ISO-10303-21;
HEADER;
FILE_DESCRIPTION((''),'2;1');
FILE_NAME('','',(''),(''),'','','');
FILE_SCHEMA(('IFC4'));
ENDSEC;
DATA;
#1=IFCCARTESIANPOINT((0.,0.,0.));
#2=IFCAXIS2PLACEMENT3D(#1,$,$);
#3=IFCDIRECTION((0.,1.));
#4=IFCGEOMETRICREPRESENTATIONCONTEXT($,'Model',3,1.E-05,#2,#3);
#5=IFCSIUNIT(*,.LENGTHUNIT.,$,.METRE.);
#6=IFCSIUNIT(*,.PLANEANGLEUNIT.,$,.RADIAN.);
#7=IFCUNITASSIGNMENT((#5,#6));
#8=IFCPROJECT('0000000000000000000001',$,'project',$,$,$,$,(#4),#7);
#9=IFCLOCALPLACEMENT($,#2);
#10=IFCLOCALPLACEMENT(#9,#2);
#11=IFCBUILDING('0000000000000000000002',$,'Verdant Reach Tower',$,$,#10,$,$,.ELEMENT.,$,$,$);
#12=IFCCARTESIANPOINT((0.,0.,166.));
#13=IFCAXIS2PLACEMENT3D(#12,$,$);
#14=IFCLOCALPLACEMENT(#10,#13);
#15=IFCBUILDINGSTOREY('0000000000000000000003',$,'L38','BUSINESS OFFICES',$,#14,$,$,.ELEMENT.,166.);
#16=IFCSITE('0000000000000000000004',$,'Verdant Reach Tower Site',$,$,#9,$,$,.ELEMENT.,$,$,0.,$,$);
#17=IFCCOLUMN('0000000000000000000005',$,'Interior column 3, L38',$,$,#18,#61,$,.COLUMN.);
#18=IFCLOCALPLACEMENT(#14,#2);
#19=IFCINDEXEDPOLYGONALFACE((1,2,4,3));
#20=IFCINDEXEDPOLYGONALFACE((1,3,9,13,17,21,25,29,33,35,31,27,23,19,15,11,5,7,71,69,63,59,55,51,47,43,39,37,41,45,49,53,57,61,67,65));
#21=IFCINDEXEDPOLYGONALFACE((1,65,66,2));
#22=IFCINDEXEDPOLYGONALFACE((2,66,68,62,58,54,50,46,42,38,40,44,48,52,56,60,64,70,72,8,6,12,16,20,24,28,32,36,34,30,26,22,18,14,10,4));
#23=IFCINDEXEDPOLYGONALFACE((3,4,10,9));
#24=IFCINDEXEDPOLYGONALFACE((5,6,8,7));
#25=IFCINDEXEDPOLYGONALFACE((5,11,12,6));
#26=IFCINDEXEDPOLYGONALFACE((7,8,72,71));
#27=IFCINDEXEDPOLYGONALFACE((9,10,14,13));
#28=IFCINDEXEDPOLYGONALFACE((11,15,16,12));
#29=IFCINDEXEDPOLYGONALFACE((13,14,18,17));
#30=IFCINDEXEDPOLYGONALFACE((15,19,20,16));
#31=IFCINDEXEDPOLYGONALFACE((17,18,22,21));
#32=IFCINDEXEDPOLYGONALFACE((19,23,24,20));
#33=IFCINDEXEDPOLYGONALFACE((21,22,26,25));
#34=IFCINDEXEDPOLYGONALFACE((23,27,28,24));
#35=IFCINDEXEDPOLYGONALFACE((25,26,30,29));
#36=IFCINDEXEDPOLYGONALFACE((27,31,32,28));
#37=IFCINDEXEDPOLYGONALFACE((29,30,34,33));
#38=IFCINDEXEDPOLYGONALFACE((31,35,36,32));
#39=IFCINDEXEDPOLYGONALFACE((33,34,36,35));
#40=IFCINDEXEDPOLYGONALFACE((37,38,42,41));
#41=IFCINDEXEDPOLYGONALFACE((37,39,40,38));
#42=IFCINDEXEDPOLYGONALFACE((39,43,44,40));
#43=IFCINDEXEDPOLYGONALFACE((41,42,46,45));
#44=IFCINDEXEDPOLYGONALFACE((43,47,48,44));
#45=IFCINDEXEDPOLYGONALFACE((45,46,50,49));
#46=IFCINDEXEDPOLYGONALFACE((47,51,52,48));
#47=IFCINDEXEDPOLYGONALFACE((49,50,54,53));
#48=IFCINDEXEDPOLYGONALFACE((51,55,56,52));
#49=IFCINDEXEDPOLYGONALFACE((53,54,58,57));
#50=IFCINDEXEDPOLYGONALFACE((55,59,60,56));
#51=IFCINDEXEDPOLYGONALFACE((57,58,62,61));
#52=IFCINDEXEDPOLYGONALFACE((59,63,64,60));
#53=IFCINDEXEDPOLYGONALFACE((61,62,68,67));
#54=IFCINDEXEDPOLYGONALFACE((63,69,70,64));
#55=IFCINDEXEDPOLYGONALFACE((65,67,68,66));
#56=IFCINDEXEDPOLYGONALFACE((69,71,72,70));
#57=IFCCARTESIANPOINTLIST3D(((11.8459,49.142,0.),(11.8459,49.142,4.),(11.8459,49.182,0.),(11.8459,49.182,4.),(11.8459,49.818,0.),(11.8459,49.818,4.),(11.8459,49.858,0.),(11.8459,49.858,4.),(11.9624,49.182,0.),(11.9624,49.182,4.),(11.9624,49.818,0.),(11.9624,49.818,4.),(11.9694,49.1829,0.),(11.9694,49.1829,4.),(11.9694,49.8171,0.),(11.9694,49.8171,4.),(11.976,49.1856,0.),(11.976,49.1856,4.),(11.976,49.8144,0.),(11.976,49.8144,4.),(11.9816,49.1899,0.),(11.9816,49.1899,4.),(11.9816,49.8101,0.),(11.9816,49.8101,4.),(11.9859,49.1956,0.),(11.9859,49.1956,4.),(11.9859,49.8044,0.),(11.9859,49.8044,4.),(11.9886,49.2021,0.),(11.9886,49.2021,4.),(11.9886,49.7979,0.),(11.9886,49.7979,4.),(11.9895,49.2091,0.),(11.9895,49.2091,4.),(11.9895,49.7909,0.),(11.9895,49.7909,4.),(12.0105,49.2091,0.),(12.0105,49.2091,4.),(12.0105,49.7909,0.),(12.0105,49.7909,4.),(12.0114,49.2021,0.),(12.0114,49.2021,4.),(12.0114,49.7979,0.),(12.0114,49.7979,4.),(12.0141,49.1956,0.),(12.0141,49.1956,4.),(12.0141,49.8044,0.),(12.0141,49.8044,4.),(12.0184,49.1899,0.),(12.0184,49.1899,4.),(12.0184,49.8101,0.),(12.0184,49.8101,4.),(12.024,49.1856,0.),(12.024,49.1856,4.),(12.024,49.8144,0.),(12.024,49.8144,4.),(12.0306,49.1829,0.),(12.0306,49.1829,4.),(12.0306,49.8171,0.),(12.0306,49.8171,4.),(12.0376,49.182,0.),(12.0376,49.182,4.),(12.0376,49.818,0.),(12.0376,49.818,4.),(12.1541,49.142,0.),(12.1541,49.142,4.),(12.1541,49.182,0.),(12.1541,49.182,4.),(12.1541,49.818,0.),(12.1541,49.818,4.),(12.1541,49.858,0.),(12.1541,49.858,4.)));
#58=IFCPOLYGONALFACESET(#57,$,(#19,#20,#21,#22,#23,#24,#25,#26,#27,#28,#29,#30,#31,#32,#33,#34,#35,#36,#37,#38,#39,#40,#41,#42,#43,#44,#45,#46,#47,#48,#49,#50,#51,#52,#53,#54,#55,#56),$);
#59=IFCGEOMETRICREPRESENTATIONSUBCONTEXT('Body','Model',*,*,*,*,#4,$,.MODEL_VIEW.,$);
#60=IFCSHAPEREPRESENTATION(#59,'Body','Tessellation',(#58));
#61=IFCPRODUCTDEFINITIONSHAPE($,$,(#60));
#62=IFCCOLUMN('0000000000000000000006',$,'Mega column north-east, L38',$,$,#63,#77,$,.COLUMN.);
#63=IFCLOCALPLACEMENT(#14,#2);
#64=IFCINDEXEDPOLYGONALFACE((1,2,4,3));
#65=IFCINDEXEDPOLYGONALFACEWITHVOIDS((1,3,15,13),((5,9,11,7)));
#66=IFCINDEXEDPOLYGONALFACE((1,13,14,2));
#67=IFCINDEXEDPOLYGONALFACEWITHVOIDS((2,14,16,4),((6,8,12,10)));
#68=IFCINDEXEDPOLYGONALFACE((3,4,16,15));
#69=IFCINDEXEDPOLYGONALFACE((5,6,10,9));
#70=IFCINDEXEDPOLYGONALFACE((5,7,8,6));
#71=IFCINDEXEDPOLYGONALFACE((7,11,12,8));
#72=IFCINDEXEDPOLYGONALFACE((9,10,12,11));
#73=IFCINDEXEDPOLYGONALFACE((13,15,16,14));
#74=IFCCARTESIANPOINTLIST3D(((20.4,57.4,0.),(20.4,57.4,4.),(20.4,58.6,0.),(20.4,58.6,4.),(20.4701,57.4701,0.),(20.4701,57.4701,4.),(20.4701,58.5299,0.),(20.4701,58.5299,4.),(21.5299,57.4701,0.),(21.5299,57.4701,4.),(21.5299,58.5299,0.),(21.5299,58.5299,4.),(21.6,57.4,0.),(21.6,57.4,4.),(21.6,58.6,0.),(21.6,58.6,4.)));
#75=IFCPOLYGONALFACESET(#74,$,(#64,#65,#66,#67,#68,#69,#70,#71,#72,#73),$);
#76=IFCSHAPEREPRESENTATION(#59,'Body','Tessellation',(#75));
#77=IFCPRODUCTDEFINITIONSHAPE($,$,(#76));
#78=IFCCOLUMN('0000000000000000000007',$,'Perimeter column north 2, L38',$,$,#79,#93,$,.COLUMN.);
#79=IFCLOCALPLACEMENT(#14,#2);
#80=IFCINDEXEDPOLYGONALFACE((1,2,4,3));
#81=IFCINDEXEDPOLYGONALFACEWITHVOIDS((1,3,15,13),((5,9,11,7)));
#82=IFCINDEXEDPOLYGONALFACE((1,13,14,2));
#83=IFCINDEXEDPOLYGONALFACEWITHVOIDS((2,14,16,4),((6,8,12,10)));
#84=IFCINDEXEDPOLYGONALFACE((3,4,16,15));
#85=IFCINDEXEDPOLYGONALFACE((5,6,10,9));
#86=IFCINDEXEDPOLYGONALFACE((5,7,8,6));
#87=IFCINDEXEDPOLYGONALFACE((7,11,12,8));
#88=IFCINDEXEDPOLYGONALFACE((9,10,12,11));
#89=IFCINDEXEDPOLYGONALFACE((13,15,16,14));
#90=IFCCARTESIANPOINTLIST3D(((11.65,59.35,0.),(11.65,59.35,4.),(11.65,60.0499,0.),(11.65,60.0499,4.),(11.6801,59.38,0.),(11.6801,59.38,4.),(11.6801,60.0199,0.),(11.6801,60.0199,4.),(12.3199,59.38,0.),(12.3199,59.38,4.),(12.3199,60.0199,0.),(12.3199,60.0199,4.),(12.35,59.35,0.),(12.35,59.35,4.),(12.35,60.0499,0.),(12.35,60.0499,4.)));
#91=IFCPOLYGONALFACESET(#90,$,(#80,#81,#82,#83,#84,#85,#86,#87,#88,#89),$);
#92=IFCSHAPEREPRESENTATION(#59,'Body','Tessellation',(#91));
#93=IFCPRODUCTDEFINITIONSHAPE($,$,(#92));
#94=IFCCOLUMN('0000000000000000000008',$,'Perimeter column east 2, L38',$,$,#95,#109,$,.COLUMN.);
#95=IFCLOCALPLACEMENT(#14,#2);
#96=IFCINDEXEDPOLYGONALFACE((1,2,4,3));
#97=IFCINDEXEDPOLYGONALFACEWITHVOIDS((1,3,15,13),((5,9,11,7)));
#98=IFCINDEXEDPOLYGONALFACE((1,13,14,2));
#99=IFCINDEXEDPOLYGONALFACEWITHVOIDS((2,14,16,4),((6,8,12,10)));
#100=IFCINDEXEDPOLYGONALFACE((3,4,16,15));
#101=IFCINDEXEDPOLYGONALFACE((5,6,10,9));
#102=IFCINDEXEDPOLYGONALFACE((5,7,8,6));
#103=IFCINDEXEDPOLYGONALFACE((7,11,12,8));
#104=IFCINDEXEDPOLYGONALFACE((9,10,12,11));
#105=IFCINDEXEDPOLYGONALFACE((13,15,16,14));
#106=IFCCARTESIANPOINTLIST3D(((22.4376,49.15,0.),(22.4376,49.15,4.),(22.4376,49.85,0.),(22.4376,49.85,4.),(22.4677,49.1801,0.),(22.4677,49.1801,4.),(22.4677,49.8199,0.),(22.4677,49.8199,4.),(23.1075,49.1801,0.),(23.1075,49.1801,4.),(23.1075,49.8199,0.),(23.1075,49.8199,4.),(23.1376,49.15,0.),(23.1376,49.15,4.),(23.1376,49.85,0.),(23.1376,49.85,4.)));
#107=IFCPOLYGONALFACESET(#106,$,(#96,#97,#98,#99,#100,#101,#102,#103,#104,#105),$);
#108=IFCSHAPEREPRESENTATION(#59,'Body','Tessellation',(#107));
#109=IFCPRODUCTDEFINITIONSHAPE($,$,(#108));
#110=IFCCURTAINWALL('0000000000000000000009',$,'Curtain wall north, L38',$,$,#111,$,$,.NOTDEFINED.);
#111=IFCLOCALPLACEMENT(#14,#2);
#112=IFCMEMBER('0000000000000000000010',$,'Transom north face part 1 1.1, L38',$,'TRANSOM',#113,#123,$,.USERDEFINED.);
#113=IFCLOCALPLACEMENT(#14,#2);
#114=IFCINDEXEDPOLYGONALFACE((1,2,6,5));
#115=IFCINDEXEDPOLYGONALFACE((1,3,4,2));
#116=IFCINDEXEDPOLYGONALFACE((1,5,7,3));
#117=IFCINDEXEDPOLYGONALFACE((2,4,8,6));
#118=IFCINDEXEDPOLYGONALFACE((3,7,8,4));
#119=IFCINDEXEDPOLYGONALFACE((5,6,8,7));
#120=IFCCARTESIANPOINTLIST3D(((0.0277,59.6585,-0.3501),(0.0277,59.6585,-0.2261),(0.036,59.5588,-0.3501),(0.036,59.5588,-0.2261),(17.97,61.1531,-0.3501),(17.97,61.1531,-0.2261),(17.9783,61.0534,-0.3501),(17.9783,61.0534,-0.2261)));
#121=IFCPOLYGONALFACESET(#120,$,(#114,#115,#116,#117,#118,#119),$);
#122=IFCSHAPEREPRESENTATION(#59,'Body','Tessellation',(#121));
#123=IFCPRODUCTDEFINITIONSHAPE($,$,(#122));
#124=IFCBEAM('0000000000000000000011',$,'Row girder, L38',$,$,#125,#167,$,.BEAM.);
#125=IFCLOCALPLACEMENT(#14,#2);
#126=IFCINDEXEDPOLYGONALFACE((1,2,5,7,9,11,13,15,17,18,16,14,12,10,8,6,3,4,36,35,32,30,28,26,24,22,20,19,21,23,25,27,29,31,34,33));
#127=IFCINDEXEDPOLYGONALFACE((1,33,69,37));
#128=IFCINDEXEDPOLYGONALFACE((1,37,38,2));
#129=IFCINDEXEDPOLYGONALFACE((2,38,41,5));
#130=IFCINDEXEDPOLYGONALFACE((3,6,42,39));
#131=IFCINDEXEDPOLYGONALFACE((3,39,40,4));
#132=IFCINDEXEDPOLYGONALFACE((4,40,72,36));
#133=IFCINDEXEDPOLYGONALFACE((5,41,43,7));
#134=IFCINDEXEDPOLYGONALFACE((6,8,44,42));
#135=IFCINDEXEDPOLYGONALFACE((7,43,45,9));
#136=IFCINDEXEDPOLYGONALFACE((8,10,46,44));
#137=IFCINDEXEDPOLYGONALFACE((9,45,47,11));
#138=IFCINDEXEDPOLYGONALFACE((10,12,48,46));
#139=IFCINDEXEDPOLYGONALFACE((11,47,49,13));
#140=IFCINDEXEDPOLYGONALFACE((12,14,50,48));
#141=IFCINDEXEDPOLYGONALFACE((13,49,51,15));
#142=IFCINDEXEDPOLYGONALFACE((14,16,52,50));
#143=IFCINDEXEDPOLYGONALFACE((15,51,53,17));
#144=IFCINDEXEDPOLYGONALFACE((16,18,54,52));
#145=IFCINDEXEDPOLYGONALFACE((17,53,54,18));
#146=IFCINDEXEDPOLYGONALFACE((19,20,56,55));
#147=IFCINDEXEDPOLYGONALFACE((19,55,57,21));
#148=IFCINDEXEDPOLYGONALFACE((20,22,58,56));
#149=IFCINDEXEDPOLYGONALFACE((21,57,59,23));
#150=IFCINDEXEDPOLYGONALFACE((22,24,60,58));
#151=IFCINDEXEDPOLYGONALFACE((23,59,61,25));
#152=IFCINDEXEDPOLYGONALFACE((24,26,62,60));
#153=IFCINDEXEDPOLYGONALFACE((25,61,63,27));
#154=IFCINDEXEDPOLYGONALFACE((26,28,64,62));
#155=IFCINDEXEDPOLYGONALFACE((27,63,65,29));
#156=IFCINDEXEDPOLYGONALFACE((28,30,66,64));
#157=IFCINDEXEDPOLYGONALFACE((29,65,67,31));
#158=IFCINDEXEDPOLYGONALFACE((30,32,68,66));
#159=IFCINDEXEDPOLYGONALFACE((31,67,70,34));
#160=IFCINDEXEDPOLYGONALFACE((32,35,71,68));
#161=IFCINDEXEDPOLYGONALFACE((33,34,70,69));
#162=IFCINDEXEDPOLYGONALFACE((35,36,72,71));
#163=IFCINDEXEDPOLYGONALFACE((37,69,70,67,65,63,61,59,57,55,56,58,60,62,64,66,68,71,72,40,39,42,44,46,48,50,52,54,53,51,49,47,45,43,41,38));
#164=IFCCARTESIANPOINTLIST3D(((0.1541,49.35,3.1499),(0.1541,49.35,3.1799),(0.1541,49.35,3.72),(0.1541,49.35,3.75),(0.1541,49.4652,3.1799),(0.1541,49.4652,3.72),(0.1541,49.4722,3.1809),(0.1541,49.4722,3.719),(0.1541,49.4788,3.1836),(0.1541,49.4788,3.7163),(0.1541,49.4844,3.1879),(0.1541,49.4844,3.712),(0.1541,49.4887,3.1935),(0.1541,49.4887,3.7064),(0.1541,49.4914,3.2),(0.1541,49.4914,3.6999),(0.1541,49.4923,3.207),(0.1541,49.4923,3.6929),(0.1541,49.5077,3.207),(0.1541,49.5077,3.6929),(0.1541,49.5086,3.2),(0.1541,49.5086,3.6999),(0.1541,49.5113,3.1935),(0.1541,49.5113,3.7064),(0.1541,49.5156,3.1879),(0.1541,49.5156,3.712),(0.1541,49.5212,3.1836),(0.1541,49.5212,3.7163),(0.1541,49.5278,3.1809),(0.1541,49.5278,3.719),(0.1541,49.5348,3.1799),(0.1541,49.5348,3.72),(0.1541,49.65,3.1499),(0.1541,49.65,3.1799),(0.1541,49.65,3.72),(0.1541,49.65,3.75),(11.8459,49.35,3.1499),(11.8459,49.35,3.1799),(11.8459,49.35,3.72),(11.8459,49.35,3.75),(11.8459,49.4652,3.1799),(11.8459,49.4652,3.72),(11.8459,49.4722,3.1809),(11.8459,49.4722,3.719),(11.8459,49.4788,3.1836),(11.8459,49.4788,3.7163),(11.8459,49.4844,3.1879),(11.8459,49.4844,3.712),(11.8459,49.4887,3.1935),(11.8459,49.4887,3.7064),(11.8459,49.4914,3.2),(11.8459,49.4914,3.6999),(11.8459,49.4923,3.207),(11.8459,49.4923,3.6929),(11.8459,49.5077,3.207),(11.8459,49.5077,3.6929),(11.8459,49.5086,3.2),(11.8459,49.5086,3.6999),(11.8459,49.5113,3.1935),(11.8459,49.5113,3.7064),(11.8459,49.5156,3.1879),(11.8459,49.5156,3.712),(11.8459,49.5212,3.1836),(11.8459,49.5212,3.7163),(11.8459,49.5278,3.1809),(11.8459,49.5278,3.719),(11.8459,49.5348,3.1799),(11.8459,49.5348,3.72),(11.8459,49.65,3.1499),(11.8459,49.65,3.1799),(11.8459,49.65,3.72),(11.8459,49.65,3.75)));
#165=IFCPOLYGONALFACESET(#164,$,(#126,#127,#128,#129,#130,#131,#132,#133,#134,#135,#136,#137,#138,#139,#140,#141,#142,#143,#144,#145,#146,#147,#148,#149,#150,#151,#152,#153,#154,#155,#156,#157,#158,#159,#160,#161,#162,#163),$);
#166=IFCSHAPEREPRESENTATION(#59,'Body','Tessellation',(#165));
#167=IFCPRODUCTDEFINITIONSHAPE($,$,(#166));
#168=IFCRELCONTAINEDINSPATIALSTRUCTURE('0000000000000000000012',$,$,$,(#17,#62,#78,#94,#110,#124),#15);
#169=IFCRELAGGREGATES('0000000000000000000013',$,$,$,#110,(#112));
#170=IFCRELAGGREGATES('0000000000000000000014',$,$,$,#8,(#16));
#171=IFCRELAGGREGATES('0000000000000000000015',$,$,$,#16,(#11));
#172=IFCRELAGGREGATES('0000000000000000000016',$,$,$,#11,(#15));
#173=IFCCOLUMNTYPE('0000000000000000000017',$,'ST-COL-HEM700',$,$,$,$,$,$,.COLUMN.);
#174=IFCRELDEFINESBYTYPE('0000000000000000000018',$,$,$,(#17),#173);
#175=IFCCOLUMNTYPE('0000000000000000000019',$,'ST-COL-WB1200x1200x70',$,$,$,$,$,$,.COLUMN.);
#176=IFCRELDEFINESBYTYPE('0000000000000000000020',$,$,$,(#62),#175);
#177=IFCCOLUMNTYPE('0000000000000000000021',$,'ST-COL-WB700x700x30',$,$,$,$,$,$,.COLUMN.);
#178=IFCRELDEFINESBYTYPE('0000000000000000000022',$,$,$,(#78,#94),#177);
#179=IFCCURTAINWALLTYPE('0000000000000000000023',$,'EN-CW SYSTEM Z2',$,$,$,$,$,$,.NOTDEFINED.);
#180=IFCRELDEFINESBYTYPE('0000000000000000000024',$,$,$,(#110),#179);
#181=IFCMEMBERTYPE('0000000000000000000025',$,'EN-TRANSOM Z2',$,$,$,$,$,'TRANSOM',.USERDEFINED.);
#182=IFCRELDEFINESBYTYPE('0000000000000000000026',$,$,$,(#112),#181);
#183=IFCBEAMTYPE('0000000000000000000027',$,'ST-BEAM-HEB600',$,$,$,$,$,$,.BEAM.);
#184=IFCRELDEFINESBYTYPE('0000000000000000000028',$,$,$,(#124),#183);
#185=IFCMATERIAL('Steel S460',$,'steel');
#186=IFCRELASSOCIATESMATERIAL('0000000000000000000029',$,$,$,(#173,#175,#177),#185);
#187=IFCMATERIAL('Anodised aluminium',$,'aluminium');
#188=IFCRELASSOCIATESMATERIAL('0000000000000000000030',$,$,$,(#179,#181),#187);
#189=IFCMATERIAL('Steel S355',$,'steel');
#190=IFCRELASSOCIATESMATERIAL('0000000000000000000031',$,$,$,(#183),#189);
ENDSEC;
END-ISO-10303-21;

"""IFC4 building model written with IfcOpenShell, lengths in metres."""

from ifc_helpers import new_model, si_unit, direction, frame, origin, origin_2d, place, context, subcontext, project, spatial, rectangle, hollow_rectangle, i_section, extrude, material, material_profile, profile_set, type_object, element, aggregate, save


model = new_model("IFC4")

# Units and contexts
model_context = context("Model", 3, precision=1e-05, world=origin(), true_north=direction((0.0, 1.0)))
body_context = subcontext(model_context, "Body", "Model", "MODEL_VIEW")
ifc_project = project(units=[si_unit("LENGTHUNIT", "METRE"), si_unit("PLANEANGLEUNIT", "RADIAN")], contexts=[model_context])

# Site, building, storey
site_placement = place(None, origin())
site = spatial("IfcSite", under=ifc_project, at=site_placement, Name="Verdant Reach Tower Site", CompositionType="ELEMENT", RefElevation=0.0)
building_placement = place(site_placement, origin())
building = spatial("IfcBuilding", under=site, at=building_placement, Name="Verdant Reach Tower", CompositionType="ELEMENT")
storey_placement = place(building_placement, frame((0.0, 0.0, 166.0)))
storey = spatial("IfcBuildingStorey", under=building, at=storey_placement, Name="L38", Description="BUSINESS OFFICES", CompositionType="ELEMENT", Elevation=166.0)

# Columns
ifc_material_1 = material(Name="Steel S460", Category="steel")
ifc_material_profile_1 = material_profile(ifc_material_1, i_section(OverallWidth=0.3081, OverallDepth=0.7161, WebThickness=0.021, FlangeThickness=0.04, FilletRadius=0.0271, at=origin_2d()), Name="HEM 700")
ifc_profile_set_1 = profile_set([ifc_material_profile_1], Name="Steel S460")
column_type_1 = type_object("IfcColumnType", Name="ST-COL-HEM700", PredefinedType="COLUMN", material=ifc_profile_set_1)
column_1_placement = place(storey_placement, frame((12.0, 49.5, 0.0), z_axis=(0.0, 0.0, 1.0), x_axis=(1.0, 0.0, 0.0)))
element("IfcColumn", 1, at=column_1_placement, inside=storey, type_object=column_type_1, Name="Interior column 3, L38", PredefinedType="COLUMN", context=body_context, shape_type="SweptSolid", body=[
    extrude(i_section(OverallWidth=0.3081, OverallDepth=0.7161, WebThickness=0.021, FlangeThickness=0.04, FilletRadius=0.0271, at=origin_2d()), origin(), (0.0, 0.0, 1.0), 4.0),
])
ifc_material_profile_2 = material_profile(ifc_material_1, hollow_rectangle(XDim=1.2, YDim=1.2, WallThickness=0.0701, at=origin_2d()), Name="WB 1200x1200x70")
ifc_profile_set_2 = profile_set([ifc_material_profile_2], Name="Steel S460")
column_type_2 = type_object("IfcColumnType", Name="ST-COL-WB1200x1200x70", PredefinedType="COLUMN", material=ifc_profile_set_2)
column_2_placement = place(storey_placement, frame((21.0, 58.0, 0.0), z_axis=(0.0, 0.0, 1.0), x_axis=(1.0, 0.0, 0.0)))
element("IfcColumn", 2, at=column_2_placement, inside=storey, type_object=column_type_2, Name="Mega column north-east, L38", PredefinedType="COLUMN", context=body_context, shape_type="SweptSolid", body=[
    extrude(hollow_rectangle(XDim=1.2, YDim=1.2, WallThickness=0.0701, at=origin_2d()), origin(), (0.0, 0.0, 1.0), 4.0),
])
ifc_material_profile_3 = material_profile(ifc_material_1, hollow_rectangle(XDim=0.7, YDim=0.7, WallThickness=0.03, at=origin_2d()), Name="WB 700x700x30")
ifc_profile_set_3 = profile_set([ifc_material_profile_3], Name="Steel S460")
column_type_3 = type_object("IfcColumnType", Name="ST-COL-WB700x700x30", PredefinedType="COLUMN", material=ifc_profile_set_3)
for number, where, z_axis, x_axis, name in (
    (3, (12.0, 59.7, 0.0), (0.0, 0.0, 1.0), (1.0, 0.0, 0.0), "Perimeter column north 2, L38"),
    (4, (22.7876, 49.5, 0.0), (0.0, 0.0, 1.0), (1.0, 0.0, 0.0), "Perimeter column east 2, L38"),
):
    element("IfcColumn", number, at=place(storey_placement, frame(where, z_axis=z_axis, x_axis=x_axis)), inside=storey, type_object=column_type_3, Name=name, PredefinedType="COLUMN", context=body_context, shape_type="SweptSolid", body=[
        extrude(hollow_rectangle(XDim=0.7, YDim=0.7, WallThickness=0.03, at=origin_2d()), origin(), (0.0, 0.0, 1.0), 4.0),
    ])

# Curtain wall, member
ifc_material_2 = material(Name="Anodised aluminium", Category="aluminium")
curtain_wall_type = type_object("IfcCurtainWallType", Name="EN-CW SYSTEM Z2", PredefinedType="NOTDEFINED", material=ifc_material_2)
curtain_wall_1_placement = place(storey_placement, origin())
curtain_wall_1 = element("IfcCurtainWall", 5, at=curtain_wall_1_placement, inside=storey, type_object=curtain_wall_type, Name="Curtain wall north, L38", PredefinedType="NOTDEFINED")
ifc_material_profile_4 = material_profile(ifc_material_2, rectangle(XDim=0.1001, YDim=0.124, at=origin_2d()), Name="Transom 124x100")
ifc_profile_set_4 = profile_set([ifc_material_profile_4], Name="Anodised aluminium")
member_type = type_object("IfcMemberType", Name="EN-TRANSOM Z2", ElementType="TRANSOM", PredefinedType="USERDEFINED", material=ifc_profile_set_4)
member_placement = place(storey_placement, frame((17.9741, 61.1033, -0.2881), z_axis=(-0.996548, -0.083015, 0.0), x_axis=(0.083015, -0.996548, 0.0)))
member = element("IfcMember", 6, at=member_placement, type_object=member_type, Name="Transom north face part 1 1.1, L38", ObjectType="TRANSOM", PredefinedType="USERDEFINED", context=body_context, shape_type="SweptSolid", body=[
    extrude(rectangle(XDim=0.1001, YDim=0.124, at=origin_2d()), origin(), (0.0, 0.0, 1.0), 18.0044),
])

# Beam
ifc_material_3 = material(Name="Steel S355", Category="steel")
ifc_material_profile_5 = material_profile(ifc_material_3, i_section(OverallWidth=0.3, OverallDepth=0.6001, WebThickness=0.0154, FlangeThickness=0.03, FilletRadius=0.0271, at=origin_2d()), Name="HEB 600")
ifc_profile_set_5 = profile_set([ifc_material_profile_5], Name="Steel S355")
beam_type_1 = type_object("IfcBeamType", Name="ST-BEAM-HEB600", PredefinedType="BEAM", material=ifc_profile_set_5)
beam_1_placement = place(storey_placement, frame((0.1541, 49.5, 3.45), z_axis=(1.0, 0.0, 0.0), x_axis=(0.0, 1.0, 0.0)))
element("IfcBeam", 7, at=beam_1_placement, inside=storey, type_object=beam_type_1, Name="Row girder, L38", PredefinedType="BEAM", context=body_context, shape_type="SweptSolid", body=[
    extrude(i_section(OverallWidth=0.3, OverallDepth=0.6001, WebThickness=0.0154, FlangeThickness=0.03, FilletRadius=0.0271, at=origin_2d()), origin(), (0.0, 0.0, 1.0), 11.6919),
])

aggregate(curtain_wall_1, [member])

save(model, "model.ifc")
